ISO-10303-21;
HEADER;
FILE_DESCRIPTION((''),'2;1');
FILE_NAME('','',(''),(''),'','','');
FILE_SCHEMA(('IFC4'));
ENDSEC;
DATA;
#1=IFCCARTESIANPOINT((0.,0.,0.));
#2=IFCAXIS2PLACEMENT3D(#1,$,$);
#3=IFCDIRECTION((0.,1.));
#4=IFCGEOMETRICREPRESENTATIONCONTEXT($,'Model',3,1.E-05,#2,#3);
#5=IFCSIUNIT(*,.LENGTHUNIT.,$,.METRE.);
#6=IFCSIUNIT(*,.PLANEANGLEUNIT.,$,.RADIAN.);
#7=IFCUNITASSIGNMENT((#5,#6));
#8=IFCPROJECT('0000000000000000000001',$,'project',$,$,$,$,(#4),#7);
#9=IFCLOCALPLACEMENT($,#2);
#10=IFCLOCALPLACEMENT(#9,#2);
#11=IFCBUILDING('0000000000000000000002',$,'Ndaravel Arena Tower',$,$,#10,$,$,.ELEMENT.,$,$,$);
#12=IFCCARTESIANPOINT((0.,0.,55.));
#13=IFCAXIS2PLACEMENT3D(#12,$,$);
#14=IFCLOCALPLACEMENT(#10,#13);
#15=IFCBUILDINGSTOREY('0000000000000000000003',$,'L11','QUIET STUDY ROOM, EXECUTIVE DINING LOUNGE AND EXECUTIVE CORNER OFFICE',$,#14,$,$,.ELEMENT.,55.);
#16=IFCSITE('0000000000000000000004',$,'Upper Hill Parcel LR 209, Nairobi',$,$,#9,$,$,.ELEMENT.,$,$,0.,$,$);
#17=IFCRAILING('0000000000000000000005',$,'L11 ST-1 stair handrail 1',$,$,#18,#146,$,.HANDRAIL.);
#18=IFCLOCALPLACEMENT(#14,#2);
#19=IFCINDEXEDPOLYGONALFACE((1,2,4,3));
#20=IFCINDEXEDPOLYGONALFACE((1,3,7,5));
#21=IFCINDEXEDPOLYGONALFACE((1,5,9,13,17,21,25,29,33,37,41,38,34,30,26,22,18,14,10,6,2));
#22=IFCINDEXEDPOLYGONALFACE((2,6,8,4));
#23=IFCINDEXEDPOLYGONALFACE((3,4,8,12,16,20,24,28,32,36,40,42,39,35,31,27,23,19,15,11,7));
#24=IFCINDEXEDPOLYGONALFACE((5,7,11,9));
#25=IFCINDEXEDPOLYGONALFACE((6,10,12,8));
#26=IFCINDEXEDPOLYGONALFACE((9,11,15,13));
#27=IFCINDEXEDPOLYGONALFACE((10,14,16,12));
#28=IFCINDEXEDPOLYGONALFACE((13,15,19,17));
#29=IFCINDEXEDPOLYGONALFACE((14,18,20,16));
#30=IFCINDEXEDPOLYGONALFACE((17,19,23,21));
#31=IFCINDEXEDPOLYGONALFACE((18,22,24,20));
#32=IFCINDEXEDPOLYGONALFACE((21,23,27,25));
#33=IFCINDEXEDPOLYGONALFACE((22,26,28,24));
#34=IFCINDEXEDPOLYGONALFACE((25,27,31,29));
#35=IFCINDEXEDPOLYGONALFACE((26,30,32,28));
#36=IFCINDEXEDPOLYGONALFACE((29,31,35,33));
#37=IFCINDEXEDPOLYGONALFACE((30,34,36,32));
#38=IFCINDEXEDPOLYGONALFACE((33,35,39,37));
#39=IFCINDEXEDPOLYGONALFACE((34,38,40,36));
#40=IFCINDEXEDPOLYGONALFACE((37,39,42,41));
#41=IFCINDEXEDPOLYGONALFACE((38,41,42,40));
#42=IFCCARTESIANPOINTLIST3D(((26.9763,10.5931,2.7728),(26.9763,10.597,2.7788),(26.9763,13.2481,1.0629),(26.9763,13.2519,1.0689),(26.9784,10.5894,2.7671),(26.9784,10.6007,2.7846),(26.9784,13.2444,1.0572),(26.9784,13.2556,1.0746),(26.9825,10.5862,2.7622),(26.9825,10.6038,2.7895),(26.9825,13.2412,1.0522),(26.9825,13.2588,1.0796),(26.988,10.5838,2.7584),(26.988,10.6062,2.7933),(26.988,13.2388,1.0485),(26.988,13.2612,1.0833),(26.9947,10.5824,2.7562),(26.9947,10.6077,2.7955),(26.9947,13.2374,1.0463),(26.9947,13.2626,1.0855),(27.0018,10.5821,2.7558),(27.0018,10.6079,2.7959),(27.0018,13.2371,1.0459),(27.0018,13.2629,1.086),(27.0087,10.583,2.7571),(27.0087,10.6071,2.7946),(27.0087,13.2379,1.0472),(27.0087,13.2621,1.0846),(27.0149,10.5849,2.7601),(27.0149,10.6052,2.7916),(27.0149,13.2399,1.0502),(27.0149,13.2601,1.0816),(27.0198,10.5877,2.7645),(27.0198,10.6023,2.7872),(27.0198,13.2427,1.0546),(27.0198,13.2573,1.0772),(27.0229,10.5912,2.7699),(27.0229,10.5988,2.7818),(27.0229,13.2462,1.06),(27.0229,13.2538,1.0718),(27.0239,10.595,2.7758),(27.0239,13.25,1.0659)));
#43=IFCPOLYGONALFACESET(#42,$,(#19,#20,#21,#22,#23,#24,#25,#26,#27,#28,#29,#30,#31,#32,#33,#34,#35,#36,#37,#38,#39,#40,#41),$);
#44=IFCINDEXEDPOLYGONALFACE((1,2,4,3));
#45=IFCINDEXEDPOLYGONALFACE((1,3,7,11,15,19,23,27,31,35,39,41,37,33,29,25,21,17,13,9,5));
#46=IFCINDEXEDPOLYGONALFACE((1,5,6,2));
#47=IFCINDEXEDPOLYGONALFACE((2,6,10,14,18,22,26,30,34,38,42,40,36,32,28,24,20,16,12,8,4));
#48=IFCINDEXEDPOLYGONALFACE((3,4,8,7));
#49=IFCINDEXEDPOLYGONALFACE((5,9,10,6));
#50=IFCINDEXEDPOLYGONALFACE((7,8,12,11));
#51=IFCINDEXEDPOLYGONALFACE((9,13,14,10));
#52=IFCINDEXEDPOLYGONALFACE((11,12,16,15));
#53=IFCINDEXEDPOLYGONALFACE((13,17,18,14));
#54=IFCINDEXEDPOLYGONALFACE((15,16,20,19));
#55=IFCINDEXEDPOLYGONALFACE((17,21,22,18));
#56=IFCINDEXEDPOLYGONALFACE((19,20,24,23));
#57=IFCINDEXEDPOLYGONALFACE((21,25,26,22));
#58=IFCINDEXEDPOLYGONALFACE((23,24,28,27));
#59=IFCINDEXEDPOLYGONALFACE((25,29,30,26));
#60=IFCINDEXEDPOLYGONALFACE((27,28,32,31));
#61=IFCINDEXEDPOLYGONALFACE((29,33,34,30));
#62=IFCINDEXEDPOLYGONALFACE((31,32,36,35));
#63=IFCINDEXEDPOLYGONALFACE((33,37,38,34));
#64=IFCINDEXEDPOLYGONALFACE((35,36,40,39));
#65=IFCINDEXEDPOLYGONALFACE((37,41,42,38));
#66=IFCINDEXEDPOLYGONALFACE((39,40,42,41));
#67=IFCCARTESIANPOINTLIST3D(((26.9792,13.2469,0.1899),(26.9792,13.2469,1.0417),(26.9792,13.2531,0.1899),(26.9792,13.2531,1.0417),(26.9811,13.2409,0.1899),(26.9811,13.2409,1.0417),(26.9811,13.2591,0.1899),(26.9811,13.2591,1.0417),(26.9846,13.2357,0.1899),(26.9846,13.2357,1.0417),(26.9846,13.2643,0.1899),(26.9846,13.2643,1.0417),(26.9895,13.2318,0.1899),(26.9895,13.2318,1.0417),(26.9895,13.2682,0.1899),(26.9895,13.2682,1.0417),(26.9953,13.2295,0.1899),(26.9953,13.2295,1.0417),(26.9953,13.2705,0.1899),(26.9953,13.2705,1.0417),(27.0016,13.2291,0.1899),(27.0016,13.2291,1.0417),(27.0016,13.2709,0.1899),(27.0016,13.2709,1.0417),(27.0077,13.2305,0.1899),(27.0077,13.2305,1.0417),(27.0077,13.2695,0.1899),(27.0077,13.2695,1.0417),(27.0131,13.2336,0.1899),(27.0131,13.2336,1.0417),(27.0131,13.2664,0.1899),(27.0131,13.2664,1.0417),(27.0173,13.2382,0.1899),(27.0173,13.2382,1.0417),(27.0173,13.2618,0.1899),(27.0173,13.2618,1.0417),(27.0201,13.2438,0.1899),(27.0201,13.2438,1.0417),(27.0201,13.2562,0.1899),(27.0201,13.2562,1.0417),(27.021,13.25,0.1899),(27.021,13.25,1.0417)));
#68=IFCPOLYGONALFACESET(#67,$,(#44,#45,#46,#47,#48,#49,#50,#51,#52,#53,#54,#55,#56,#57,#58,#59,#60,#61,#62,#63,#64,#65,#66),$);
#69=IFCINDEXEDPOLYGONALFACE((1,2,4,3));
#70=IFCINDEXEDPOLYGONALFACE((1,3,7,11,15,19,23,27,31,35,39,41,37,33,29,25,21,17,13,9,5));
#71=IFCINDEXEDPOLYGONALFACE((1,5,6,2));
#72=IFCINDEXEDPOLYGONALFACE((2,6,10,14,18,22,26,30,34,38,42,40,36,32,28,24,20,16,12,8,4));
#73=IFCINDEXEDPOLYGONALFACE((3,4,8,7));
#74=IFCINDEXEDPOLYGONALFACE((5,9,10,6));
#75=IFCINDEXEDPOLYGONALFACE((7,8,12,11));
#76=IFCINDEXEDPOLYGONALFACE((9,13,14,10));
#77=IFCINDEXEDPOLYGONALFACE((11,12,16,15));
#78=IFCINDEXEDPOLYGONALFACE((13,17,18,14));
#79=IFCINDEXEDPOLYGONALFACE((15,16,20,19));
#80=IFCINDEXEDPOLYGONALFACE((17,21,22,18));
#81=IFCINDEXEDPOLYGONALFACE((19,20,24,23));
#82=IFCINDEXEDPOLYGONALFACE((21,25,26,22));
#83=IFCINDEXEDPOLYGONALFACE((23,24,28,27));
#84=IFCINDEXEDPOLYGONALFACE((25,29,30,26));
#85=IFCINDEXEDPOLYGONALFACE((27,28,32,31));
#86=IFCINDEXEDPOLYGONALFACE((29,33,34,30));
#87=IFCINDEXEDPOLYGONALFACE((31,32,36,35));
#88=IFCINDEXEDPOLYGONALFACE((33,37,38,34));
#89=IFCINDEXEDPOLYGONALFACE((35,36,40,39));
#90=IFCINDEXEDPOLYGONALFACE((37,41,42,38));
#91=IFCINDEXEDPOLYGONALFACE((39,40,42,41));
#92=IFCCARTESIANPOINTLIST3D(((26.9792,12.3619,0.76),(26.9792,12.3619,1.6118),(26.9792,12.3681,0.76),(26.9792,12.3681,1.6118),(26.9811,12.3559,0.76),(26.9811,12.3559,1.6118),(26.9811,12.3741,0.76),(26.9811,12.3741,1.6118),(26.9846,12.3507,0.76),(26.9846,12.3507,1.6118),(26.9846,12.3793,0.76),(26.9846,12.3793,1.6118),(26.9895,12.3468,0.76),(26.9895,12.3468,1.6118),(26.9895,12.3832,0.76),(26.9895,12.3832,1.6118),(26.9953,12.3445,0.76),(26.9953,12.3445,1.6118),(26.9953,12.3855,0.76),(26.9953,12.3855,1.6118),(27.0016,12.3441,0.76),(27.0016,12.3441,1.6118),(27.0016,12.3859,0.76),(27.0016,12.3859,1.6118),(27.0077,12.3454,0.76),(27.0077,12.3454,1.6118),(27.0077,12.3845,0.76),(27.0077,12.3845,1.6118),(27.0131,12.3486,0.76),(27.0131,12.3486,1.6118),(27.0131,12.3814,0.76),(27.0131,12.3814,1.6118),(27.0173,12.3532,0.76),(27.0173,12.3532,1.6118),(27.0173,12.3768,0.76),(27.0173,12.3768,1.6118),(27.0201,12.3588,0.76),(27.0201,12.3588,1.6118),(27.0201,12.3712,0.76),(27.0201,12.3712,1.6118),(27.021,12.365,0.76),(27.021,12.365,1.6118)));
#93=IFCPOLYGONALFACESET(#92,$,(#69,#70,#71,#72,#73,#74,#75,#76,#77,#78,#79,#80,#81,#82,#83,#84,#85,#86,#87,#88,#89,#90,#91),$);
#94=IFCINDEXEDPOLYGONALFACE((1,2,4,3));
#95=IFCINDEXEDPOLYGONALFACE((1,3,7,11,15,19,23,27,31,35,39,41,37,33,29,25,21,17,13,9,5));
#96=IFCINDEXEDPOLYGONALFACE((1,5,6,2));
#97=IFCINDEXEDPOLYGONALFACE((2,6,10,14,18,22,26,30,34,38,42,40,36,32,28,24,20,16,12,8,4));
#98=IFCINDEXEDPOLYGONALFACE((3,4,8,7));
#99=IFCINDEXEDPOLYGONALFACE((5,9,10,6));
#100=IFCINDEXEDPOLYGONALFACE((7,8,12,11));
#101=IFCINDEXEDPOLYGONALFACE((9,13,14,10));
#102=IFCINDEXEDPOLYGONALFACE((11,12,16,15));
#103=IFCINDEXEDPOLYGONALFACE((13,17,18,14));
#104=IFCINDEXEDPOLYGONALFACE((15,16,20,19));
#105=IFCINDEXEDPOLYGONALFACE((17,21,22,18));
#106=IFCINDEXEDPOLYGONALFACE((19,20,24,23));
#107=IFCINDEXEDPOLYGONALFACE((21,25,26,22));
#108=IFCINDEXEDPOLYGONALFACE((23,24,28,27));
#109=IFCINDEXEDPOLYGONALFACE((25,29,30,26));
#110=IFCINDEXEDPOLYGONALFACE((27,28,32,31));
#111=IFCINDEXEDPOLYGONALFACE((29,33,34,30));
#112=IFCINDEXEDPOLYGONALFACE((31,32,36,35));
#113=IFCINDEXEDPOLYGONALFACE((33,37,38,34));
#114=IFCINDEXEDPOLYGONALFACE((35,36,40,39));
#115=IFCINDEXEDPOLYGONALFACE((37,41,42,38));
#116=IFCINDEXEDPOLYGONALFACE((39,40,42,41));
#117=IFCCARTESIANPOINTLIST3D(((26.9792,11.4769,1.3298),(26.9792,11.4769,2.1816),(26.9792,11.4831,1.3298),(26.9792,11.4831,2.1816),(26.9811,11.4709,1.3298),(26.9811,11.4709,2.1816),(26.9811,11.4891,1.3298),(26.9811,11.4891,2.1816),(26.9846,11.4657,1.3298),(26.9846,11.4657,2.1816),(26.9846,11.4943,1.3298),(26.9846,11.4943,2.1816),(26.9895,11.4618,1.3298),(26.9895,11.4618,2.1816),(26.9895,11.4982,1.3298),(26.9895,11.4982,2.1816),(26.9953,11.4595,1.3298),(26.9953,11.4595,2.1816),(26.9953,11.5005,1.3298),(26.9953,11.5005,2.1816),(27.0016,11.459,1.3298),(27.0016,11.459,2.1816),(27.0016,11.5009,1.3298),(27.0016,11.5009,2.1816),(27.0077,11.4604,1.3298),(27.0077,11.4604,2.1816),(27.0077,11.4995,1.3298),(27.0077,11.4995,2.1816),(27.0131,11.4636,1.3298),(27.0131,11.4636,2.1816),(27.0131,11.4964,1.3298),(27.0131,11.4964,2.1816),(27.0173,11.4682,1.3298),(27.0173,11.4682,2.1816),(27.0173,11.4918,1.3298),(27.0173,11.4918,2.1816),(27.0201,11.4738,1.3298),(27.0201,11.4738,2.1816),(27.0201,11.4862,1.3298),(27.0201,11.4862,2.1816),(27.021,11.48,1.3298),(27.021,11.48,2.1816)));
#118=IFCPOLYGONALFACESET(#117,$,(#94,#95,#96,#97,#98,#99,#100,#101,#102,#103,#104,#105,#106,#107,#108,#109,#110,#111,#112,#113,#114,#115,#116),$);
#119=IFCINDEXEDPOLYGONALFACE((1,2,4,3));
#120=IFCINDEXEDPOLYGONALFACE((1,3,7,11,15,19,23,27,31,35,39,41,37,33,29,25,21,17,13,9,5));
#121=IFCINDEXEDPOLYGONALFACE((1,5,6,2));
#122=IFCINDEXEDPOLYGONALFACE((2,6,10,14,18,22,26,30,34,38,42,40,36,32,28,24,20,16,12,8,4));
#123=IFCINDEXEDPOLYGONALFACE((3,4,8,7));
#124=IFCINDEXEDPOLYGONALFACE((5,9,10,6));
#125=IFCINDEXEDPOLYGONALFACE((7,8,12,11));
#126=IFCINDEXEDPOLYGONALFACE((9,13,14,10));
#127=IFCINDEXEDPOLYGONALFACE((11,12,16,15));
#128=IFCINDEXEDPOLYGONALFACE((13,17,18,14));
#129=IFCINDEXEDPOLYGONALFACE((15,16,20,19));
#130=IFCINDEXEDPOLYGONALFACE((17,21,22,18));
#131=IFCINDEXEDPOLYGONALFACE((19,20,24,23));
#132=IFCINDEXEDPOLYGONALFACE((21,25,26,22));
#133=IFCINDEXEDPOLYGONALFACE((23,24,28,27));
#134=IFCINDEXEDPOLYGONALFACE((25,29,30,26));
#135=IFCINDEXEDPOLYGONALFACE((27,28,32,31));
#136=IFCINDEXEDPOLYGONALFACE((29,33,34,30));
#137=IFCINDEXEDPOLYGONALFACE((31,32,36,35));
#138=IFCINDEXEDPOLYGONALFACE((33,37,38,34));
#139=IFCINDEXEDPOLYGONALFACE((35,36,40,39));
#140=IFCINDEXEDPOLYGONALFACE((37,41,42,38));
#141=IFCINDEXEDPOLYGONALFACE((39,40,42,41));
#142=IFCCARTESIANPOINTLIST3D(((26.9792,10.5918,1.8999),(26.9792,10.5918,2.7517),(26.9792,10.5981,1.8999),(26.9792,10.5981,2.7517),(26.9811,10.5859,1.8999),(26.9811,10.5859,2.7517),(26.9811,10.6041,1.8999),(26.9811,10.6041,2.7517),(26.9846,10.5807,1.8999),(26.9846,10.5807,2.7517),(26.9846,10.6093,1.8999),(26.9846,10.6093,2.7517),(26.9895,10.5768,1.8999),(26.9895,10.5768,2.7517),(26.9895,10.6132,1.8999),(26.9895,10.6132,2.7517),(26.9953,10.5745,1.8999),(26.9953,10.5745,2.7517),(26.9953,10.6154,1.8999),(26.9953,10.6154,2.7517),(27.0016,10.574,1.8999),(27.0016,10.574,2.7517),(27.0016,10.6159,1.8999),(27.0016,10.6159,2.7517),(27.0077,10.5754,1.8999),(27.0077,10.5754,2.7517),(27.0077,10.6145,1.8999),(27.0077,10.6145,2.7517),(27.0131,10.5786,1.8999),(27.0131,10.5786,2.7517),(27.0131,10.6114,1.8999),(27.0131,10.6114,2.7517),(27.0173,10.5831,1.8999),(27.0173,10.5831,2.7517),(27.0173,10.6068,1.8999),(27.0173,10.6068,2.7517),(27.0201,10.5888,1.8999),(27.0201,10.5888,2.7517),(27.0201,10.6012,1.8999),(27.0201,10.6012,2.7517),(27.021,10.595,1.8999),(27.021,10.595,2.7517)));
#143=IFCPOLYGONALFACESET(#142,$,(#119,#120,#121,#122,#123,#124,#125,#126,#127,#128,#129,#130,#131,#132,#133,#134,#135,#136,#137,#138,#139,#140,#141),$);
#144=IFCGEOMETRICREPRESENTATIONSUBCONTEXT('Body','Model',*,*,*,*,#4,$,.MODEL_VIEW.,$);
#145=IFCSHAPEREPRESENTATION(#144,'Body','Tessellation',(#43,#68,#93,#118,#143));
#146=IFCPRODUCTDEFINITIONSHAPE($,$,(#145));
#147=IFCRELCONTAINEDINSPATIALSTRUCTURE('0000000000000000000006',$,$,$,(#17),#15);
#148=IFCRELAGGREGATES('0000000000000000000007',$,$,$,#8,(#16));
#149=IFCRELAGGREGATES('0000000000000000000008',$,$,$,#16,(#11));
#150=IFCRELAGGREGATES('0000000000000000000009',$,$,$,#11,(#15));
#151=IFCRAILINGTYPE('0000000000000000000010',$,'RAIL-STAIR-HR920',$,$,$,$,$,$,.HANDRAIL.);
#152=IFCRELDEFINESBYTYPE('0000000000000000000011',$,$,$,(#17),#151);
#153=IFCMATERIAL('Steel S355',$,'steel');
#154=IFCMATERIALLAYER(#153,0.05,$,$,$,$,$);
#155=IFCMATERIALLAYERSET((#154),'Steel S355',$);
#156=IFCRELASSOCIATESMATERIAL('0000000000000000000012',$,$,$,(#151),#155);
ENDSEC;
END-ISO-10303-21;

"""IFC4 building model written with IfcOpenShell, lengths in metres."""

from ifc_helpers import new_model, si_unit, direction, frame, origin, origin_2d, place, context, subcontext, project, spatial, circle, extrude, material, layer, layer_set, type_object, element, save


model = new_model("IFC4")

# Units and contexts
model_context = context("Model", 3, precision=1e-05, world=origin(), true_north=direction((0.0, 1.0)))
body_context = subcontext(model_context, "Body", "Model", "MODEL_VIEW")
ifc_project = project(units=[si_unit("LENGTHUNIT", "METRE"), si_unit("PLANEANGLEUNIT", "RADIAN")], contexts=[model_context])

# Site, building, storey
site_placement = place(None, origin())
site = spatial("IfcSite", under=ifc_project, at=site_placement, Name="Upper Hill Parcel LR 209, Nairobi", CompositionType="ELEMENT", RefElevation=0.0)
building_placement = place(site_placement, origin())
building = spatial("IfcBuilding", under=site, at=building_placement, Name="Ndaravel Arena Tower", CompositionType="ELEMENT")
storey_placement = place(building_placement, frame((0.0, 0.0, 55.0)))
storey = spatial("IfcBuildingStorey", under=building, at=storey_placement, Name="L11", Description="QUIET STUDY ROOM, EXECUTIVE DINING LOUNGE AND EXECUTIVE CORNER OFFICE", CompositionType="ELEMENT", Elevation=55.0)

# Railing
ifc_material_1 = material(Name="Steel S355", Category="steel")
ifc_layer_1 = layer(ifc_material_1, 0.05)
ifc_layer_set_1 = layer_set([ifc_layer_1], Name="Steel S355")
railing_type_1 = type_object("IfcRailingType", Name="RAIL-STAIR-HR920", PredefinedType="HANDRAIL", material=ifc_layer_set_1)
railing_1_placement = place(storey_placement, frame((27.0, 13.25, 0.1899)))
element("IfcRailing", 1, at=railing_1_placement, inside=storey, type_object=railing_type_1, Name="L11 ST-1 stair handrail 1", PredefinedType="HANDRAIL", context=body_context, shape_type="SweptSolid", body=[
    extrude(circle(Radius=0.0239, at=origin_2d()), frame((0.0, 0.0, 0.876), z_axis=(0.0, -0.840724, 0.541465), x_axis=(1.0, 0.0, 0.0)), (0.0, 0.0, 1.0), 3.158),
    extrude(circle(Radius=0.021, at=origin_2d()), origin(), (0.0, 0.0, 1.0), 0.8518),
    extrude(circle(Radius=0.021, at=origin_2d()), frame((0.0, -0.885, 0.5701)), (0.0, 0.0, 1.0), 0.8518),
    extrude(circle(Radius=0.021, at=origin_2d()), frame((0.0, -1.77, 1.1399)), (0.0, 0.0, 1.0), 0.8518),
    extrude(circle(Radius=0.021, at=origin_2d()), frame((0.0, -2.655, 1.71)), (0.0, 0.0, 1.0), 0.8518),
])

save(model, "model.ifc")
